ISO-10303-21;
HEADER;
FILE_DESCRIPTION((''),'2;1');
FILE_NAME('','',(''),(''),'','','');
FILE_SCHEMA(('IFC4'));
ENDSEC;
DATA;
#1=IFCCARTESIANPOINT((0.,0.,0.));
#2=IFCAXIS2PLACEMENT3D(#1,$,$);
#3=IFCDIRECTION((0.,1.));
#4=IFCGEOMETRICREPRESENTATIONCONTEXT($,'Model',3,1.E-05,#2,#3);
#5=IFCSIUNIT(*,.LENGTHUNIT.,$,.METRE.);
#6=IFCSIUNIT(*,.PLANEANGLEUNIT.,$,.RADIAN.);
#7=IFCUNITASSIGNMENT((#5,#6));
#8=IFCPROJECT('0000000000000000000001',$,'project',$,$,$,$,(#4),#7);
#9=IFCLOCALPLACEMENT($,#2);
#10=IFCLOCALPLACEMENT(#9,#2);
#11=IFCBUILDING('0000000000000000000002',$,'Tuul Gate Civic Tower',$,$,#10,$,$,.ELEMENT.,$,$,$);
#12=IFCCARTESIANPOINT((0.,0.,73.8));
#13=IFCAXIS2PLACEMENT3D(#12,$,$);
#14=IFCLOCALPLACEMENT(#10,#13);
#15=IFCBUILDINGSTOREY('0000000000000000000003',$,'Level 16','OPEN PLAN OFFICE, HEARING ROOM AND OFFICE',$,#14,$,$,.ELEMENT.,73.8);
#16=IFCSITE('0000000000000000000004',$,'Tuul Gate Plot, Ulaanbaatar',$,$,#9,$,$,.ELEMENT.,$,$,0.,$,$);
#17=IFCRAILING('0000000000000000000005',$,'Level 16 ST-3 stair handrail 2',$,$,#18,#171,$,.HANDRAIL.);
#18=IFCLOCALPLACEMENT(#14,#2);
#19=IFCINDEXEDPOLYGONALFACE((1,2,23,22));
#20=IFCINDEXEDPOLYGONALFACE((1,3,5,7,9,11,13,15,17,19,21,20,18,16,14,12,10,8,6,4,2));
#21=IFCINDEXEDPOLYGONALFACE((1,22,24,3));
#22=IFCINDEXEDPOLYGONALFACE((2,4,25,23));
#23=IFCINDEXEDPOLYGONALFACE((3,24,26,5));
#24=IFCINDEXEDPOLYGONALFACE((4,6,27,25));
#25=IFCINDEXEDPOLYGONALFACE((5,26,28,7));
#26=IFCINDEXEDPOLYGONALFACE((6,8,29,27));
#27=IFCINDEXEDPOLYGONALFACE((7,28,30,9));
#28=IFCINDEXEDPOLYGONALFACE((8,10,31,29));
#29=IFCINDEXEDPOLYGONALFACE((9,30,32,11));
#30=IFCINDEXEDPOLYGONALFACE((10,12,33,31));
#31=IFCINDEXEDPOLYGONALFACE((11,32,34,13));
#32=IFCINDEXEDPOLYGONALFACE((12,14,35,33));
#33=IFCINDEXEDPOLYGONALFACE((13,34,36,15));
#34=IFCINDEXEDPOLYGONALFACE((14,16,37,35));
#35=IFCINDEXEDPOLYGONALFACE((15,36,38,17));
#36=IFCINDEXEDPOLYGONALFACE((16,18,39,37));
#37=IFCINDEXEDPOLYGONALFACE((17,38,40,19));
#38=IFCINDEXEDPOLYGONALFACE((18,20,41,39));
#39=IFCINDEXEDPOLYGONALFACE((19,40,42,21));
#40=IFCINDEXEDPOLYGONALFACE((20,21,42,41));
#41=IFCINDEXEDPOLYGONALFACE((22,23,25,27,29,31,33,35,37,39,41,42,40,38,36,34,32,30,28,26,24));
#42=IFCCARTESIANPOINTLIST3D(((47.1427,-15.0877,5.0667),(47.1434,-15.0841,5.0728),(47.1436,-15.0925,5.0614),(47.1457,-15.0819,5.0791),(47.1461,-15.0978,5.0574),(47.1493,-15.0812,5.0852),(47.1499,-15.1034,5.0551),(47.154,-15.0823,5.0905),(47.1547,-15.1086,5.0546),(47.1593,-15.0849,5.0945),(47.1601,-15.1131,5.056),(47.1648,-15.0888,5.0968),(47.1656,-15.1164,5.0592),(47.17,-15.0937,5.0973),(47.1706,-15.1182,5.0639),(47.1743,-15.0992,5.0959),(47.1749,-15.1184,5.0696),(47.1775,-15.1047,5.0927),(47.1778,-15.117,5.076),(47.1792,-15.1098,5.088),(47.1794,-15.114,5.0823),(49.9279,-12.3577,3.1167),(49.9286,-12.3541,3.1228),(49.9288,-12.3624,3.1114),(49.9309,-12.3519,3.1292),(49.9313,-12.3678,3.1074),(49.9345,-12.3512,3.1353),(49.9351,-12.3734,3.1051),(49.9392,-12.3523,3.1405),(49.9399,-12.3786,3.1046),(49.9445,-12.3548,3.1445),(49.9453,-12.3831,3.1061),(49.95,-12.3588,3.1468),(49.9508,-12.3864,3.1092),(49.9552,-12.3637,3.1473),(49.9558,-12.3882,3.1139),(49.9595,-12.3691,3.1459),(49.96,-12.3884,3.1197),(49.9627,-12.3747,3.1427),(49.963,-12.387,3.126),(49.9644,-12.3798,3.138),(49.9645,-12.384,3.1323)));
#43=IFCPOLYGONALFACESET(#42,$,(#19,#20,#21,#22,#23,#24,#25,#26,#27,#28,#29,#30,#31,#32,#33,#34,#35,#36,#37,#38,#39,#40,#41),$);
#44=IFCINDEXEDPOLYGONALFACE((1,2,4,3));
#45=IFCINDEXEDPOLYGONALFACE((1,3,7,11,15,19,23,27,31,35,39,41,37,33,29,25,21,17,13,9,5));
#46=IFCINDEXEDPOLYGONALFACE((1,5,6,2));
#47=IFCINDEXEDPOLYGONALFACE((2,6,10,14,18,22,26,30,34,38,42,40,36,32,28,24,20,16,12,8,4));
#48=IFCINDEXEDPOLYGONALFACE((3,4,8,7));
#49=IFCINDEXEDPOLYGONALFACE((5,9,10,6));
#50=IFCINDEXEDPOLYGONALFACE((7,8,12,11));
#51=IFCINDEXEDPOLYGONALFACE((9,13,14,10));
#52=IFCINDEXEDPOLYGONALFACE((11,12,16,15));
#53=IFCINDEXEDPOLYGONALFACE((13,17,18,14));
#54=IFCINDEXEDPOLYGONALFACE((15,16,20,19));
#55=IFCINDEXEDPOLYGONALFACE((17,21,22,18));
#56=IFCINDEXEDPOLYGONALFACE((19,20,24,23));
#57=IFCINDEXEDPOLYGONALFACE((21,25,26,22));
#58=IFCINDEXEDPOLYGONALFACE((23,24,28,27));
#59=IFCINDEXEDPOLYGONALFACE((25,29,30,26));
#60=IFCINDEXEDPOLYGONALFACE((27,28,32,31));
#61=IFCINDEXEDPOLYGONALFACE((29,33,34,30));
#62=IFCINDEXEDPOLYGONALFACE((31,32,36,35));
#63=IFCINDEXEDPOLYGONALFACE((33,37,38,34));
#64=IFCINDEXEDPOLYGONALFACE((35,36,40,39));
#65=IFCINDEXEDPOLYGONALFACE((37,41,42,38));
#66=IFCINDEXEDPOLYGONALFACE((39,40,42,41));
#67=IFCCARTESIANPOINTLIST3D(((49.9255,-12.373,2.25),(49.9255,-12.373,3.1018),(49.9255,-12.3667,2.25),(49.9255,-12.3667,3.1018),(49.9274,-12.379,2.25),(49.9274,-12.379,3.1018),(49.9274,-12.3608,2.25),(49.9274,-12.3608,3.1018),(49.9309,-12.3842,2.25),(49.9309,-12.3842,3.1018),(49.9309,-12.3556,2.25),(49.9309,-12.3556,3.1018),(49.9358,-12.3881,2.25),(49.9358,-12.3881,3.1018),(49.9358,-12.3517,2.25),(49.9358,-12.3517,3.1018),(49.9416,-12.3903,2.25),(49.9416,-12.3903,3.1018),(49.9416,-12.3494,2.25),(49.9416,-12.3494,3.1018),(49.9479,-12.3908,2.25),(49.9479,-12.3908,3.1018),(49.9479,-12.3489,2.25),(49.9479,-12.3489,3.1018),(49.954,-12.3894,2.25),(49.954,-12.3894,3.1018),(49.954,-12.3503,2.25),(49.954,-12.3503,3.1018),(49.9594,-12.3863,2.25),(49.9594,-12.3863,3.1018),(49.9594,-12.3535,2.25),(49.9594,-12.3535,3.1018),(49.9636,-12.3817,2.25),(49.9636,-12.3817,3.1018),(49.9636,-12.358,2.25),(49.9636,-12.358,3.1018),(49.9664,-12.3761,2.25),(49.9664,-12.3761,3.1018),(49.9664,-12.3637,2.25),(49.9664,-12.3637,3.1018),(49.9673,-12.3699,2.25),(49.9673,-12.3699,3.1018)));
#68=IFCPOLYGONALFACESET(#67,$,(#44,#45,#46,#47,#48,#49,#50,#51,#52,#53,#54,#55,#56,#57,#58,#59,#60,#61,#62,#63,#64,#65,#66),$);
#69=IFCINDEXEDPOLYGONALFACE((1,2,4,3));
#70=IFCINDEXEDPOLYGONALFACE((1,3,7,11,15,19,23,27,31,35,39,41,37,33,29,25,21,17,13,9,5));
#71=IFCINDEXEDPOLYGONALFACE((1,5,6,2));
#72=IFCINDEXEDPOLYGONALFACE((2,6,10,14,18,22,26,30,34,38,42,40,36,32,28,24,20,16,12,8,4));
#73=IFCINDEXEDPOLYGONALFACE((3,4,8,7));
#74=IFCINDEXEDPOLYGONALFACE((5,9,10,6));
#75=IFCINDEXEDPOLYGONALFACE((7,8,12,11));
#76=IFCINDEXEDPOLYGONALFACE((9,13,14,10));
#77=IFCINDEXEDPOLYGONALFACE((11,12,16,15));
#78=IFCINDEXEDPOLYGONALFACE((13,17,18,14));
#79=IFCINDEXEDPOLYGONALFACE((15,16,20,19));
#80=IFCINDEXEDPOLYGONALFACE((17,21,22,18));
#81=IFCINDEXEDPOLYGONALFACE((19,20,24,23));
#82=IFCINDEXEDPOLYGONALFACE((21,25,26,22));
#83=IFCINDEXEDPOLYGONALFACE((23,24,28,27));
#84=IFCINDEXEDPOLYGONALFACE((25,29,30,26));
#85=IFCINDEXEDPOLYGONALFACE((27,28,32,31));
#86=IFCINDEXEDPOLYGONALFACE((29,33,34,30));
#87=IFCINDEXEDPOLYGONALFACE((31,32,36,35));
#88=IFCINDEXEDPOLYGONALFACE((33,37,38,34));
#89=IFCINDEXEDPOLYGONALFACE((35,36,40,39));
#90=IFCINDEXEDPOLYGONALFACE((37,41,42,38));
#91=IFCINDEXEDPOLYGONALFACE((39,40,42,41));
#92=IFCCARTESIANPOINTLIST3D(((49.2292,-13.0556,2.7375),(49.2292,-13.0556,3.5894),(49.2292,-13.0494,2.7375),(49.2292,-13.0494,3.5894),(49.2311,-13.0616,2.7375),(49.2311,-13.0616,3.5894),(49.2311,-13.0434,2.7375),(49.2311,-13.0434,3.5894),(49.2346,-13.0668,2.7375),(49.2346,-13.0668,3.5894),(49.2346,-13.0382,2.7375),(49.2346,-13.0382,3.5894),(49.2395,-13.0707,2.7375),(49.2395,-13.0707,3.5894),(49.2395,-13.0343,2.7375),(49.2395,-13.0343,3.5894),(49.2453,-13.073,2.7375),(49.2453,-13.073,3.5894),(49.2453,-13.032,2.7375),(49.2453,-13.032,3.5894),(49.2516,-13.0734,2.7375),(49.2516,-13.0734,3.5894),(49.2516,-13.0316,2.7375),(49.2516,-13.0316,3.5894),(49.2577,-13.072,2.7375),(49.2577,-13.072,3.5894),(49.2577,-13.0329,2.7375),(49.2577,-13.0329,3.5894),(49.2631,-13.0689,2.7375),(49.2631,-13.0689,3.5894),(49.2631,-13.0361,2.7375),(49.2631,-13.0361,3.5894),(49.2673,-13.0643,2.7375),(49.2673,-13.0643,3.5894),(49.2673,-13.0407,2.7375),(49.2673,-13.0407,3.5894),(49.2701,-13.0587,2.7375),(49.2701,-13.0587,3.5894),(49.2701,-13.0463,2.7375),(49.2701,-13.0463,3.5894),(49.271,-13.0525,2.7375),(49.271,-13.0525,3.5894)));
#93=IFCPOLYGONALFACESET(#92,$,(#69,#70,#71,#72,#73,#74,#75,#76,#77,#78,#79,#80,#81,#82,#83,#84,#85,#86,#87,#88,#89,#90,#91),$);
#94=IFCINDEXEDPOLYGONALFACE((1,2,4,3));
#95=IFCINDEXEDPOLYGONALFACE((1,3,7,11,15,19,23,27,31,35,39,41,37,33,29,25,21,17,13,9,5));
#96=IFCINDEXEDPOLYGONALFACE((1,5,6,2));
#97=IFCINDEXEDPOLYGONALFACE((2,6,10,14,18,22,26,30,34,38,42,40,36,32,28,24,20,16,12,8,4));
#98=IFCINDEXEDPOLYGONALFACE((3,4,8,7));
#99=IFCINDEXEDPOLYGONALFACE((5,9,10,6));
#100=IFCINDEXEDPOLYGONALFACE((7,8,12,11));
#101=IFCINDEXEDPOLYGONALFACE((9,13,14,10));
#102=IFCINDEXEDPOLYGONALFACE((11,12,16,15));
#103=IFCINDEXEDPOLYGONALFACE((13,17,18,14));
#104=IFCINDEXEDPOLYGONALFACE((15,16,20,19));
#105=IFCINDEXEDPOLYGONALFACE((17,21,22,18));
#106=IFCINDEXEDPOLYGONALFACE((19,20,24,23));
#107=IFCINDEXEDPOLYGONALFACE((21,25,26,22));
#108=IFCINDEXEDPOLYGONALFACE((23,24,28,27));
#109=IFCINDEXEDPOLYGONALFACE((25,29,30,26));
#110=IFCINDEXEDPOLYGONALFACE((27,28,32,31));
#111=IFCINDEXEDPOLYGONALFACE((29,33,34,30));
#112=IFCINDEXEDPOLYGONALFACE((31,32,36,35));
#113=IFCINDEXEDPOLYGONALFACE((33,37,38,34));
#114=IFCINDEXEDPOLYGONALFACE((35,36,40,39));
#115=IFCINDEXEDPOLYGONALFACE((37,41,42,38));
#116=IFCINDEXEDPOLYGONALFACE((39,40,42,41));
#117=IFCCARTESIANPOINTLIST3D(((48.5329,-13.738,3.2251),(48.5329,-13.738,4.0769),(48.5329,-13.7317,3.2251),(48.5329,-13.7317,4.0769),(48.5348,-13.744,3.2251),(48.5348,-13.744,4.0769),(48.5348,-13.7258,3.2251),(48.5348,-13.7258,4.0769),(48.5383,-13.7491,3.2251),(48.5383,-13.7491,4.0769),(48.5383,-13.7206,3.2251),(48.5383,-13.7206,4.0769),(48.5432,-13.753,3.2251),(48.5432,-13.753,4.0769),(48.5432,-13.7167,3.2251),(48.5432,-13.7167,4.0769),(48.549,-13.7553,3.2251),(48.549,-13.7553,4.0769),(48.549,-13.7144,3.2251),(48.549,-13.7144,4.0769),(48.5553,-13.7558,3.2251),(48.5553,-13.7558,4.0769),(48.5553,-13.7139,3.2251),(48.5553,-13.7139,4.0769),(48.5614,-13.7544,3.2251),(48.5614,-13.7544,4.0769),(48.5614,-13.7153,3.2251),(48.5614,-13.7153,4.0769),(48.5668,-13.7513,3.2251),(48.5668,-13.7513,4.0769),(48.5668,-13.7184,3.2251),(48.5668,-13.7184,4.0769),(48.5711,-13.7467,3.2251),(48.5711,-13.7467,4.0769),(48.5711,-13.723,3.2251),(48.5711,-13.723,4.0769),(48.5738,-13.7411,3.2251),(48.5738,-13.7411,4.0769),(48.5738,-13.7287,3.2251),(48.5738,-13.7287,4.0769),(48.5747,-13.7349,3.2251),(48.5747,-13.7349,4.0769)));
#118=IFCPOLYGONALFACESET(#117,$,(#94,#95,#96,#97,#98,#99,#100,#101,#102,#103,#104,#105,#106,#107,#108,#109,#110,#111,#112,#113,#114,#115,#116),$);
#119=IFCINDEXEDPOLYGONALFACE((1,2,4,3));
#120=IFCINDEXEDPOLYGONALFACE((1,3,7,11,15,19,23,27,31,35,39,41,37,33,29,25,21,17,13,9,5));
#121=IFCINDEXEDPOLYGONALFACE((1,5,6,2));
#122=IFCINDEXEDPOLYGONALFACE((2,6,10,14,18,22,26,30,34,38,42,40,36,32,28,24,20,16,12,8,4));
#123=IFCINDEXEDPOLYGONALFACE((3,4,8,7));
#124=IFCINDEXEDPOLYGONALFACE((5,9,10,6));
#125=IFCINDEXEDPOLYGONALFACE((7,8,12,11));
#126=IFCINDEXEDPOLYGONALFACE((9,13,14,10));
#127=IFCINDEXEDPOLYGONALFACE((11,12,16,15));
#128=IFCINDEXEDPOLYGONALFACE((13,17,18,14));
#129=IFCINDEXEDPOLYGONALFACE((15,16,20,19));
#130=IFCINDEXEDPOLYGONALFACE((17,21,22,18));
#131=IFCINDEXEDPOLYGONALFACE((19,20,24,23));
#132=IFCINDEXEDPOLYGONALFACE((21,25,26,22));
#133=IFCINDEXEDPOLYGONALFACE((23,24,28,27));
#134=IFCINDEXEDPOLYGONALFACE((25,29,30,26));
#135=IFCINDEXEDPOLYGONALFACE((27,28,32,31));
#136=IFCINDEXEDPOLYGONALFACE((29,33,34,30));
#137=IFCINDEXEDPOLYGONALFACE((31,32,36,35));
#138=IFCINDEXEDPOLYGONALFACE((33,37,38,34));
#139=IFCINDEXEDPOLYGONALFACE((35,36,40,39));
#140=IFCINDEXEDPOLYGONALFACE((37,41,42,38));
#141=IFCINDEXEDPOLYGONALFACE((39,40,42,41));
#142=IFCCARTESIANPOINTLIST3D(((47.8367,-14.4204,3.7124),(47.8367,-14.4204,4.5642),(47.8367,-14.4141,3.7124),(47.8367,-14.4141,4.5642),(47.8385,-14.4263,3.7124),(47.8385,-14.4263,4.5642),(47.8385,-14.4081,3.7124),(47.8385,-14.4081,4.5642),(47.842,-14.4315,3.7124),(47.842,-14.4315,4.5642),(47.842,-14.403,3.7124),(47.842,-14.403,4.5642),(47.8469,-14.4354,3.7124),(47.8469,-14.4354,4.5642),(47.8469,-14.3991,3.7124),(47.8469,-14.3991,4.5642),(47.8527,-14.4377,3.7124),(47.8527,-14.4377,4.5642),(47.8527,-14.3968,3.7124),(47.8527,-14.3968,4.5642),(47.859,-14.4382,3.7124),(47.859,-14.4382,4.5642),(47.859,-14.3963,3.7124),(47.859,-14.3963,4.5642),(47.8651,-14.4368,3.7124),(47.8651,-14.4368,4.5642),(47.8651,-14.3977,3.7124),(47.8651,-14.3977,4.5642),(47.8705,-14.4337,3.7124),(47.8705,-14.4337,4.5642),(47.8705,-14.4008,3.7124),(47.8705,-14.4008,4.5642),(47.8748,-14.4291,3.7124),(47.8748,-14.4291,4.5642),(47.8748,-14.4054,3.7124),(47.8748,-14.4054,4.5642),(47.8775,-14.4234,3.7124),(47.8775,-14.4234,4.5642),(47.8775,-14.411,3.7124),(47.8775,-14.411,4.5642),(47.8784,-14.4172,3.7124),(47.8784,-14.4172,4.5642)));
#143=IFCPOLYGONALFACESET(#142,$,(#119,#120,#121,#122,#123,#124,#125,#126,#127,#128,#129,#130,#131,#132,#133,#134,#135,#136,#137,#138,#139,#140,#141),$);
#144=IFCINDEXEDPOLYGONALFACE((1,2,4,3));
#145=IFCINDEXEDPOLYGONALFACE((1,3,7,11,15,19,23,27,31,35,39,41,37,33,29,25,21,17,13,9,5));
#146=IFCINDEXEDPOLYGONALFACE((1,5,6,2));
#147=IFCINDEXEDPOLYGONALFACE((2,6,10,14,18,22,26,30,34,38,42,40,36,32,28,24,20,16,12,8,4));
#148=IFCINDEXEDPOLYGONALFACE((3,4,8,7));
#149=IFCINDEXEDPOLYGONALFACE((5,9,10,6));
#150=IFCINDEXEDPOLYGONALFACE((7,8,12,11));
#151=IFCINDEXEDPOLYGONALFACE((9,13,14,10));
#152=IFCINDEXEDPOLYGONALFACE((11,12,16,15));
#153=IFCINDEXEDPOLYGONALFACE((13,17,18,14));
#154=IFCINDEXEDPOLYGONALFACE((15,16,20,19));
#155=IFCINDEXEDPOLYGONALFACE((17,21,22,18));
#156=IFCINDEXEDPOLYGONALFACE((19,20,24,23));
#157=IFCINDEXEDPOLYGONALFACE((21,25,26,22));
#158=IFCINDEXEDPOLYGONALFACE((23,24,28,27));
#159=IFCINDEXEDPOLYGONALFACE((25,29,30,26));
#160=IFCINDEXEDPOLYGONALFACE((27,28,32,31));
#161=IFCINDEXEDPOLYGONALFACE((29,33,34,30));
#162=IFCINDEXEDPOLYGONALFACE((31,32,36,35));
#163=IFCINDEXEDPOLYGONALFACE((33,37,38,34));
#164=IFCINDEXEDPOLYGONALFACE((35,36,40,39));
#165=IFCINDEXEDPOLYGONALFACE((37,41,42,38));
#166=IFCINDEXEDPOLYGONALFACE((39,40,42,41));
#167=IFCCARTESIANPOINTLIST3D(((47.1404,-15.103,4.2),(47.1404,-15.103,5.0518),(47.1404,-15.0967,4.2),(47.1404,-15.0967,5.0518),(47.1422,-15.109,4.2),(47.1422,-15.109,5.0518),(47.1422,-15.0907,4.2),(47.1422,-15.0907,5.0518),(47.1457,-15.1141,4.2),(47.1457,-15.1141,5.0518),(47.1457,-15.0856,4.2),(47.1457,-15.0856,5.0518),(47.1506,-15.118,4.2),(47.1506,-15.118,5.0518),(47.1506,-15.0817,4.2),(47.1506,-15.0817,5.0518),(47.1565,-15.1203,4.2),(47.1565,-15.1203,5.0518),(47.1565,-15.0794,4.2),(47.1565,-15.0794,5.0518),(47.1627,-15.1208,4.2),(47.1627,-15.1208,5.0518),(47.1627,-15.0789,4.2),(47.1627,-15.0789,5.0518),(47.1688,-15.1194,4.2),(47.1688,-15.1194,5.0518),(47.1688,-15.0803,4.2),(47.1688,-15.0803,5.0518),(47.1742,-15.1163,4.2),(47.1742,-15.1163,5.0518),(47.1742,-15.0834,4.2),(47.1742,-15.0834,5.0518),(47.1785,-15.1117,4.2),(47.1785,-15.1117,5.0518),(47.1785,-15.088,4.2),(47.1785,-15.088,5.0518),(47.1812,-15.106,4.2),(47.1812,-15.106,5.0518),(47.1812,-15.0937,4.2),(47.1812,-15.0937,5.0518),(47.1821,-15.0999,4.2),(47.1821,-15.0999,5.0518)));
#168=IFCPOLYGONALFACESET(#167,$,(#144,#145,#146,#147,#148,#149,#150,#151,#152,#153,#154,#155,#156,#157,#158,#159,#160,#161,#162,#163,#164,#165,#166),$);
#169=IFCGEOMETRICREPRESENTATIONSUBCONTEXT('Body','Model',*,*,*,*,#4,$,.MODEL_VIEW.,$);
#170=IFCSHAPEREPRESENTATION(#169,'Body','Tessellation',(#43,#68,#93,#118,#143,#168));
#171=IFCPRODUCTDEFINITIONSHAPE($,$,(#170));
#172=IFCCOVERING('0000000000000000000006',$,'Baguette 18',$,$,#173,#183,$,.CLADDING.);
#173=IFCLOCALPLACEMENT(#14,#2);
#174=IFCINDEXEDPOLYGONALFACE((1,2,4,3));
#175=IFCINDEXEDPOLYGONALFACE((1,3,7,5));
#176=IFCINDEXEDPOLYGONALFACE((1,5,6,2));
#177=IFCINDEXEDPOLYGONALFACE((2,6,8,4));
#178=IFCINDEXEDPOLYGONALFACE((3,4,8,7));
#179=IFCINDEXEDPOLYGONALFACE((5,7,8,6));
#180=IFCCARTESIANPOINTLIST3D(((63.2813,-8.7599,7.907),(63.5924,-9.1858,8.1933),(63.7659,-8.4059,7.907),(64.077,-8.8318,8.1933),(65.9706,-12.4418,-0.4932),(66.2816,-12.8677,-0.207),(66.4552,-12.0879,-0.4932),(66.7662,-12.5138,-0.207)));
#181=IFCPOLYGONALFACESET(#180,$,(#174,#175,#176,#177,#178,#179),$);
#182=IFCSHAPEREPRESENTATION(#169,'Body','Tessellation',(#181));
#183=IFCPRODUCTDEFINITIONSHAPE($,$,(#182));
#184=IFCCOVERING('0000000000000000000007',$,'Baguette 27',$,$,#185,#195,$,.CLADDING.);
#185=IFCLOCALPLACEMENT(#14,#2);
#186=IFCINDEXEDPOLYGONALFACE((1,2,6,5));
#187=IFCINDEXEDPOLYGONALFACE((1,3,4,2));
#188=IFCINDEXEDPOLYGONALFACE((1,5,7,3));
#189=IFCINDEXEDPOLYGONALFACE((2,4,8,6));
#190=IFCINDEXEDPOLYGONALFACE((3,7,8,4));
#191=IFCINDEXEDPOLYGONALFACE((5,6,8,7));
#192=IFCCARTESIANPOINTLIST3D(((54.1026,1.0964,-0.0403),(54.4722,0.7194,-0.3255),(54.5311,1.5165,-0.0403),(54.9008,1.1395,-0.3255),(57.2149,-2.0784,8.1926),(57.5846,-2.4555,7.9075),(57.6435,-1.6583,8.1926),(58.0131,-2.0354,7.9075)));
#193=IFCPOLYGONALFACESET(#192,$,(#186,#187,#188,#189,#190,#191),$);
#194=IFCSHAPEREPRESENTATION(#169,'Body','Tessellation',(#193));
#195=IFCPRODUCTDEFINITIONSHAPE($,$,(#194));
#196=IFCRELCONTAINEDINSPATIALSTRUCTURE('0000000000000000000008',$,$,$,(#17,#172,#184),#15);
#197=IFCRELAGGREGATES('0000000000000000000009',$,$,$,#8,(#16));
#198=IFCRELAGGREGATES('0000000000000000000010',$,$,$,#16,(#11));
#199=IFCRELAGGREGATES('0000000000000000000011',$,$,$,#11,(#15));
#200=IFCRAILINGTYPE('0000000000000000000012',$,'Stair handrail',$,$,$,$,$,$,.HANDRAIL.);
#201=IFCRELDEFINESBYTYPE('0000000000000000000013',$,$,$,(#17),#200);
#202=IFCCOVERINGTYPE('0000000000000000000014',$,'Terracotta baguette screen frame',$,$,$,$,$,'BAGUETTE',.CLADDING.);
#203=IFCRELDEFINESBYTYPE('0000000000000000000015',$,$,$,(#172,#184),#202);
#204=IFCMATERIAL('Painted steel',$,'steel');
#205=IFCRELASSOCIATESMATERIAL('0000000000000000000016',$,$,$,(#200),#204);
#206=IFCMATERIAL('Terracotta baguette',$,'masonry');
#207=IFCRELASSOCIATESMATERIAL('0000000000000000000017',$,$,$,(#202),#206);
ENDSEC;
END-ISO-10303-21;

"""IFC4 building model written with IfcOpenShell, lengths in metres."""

from ifc_helpers import new_model, si_unit, direction, frame, origin, origin_2d, place, context, subcontext, project, spatial, rectangle, circle, extrude, material, material_profile, profile_set, type_object, element, save


model = new_model("IFC4")

# Units and contexts
model_context = context("Model", 3, precision=1e-05, world=origin(), true_north=direction((0.0, 1.0)))
body_context = subcontext(model_context, "Body", "Model", "MODEL_VIEW")
ifc_project = project(units=[si_unit("LENGTHUNIT", "METRE"), si_unit("PLANEANGLEUNIT", "RADIAN")], contexts=[model_context])

# Site, building, storey
site_placement = place(None, origin())
site = spatial("IfcSite", under=ifc_project, at=site_placement, Name="Tuul Gate Plot, Ulaanbaatar", CompositionType="ELEMENT", RefElevation=0.0)
building_placement = place(site_placement, origin())
building = spatial("IfcBuilding", under=site, at=building_placement, Name="Tuul Gate Civic Tower", CompositionType="ELEMENT")
storey_placement = place(building_placement, frame((0.0, 0.0, 73.8)))
storey = spatial("IfcBuildingStorey", under=building, at=storey_placement, Name="Level 16", Description="OPEN PLAN OFFICE, HEARING ROOM AND OFFICE", CompositionType="ELEMENT", Elevation=73.8)

# Railing
ifc_material_1 = material(Name="Painted steel", Category="steel")
railing_type = type_object("IfcRailingType", Name="Stair handrail", PredefinedType="HANDRAIL", material=ifc_material_1)
railing_placement = place(storey_placement, frame((49.9463, -12.3699, 2.25)))
element("IfcRailing", 1, at=railing_placement, inside=storey, type_object=railing_type, Name="Level 16 ST-3 stair handrail 2", PredefinedType="HANDRAIL", context=body_context, shape_type="SweptSolid", body=[
    extrude(circle(Radius=0.0239, at=origin_2d()), frame((0.0, 0.0, 0.876), z_axis=(-0.638754, -0.6261, 0.447206), x_axis=(0.699998, -0.714145, 0.0)), (0.0, 0.0, 1.0), 4.3604),
    extrude(circle(Radius=0.021, at=origin_2d()), origin(), (0.0, 0.0, 1.0), 0.8518),
    extrude(circle(Radius=0.021, at=origin_2d()), frame((-0.6963, -0.6826, 0.4875)), (0.0, 0.0, 1.0), 0.8518),
    extrude(circle(Radius=0.021, at=origin_2d()), frame((-1.3926, -1.365, 0.9751)), (0.0, 0.0, 1.0), 0.8518),
    extrude(circle(Radius=0.021, at=origin_2d()), frame((-2.0889, -2.0474, 1.4624)), (0.0, 0.0, 1.0), 0.8518),
    extrude(circle(Radius=0.021, at=origin_2d()), frame((-2.7852, -2.73, 1.95)), (0.0, 0.0, 1.0), 0.8518),
])

# Coverings
ifc_material_2 = material(Name="Terracotta baguette", Category="masonry")
ifc_material_profile_1 = material_profile(ifc_material_2, rectangle(XDim=0.6001, YDim=0.6001, at=origin_2d()), Name="Terracotta baguette screen frame")
ifc_profile_set_1 = profile_set([ifc_material_profile_1], Name="Terracotta baguette")
covering_type = type_object("IfcCoveringType", Name="Terracotta baguette screen frame", ElementType="BAGUETTE", PredefinedType="CLADDING", material=ifc_profile_set_1)
covering_1_placement = place(storey_placement, frame((66.3684, -12.4778, -0.3501), z_axis=(-0.281364, 0.385225, 0.878883), x_axis=(-0.807537, -0.589817, 0.0)))
element("IfcCovering", 2, at=covering_1_placement, inside=storey, type_object=covering_type, Name="Baguette 18", PredefinedType="CLADDING", context=body_context, shape_type="SweptSolid", body=[
    extrude(rectangle(XDim=0.6001, YDim=0.6001, at=origin_2d()), origin(), (0.0, 0.0, 1.0), 9.5579),
])
covering_2_placement = place(storey_placement, frame((57.614, -2.0569, 8.05), z_axis=(-0.332631, 0.33931, -0.879901), x_axis=(-0.714101, -0.700043, 0.0)))
element("IfcCovering", 3, at=covering_2_placement, inside=storey, type_object=covering_type, Name="Baguette 27", PredefinedType="CLADDING", context=body_context, shape_type="SweptSolid", body=[
    extrude(rectangle(XDim=0.6001, YDim=0.6001, at=origin_2d()), origin(), (0.0, 0.0, 1.0), 9.3567),
])

save(model, "model.ifc")
